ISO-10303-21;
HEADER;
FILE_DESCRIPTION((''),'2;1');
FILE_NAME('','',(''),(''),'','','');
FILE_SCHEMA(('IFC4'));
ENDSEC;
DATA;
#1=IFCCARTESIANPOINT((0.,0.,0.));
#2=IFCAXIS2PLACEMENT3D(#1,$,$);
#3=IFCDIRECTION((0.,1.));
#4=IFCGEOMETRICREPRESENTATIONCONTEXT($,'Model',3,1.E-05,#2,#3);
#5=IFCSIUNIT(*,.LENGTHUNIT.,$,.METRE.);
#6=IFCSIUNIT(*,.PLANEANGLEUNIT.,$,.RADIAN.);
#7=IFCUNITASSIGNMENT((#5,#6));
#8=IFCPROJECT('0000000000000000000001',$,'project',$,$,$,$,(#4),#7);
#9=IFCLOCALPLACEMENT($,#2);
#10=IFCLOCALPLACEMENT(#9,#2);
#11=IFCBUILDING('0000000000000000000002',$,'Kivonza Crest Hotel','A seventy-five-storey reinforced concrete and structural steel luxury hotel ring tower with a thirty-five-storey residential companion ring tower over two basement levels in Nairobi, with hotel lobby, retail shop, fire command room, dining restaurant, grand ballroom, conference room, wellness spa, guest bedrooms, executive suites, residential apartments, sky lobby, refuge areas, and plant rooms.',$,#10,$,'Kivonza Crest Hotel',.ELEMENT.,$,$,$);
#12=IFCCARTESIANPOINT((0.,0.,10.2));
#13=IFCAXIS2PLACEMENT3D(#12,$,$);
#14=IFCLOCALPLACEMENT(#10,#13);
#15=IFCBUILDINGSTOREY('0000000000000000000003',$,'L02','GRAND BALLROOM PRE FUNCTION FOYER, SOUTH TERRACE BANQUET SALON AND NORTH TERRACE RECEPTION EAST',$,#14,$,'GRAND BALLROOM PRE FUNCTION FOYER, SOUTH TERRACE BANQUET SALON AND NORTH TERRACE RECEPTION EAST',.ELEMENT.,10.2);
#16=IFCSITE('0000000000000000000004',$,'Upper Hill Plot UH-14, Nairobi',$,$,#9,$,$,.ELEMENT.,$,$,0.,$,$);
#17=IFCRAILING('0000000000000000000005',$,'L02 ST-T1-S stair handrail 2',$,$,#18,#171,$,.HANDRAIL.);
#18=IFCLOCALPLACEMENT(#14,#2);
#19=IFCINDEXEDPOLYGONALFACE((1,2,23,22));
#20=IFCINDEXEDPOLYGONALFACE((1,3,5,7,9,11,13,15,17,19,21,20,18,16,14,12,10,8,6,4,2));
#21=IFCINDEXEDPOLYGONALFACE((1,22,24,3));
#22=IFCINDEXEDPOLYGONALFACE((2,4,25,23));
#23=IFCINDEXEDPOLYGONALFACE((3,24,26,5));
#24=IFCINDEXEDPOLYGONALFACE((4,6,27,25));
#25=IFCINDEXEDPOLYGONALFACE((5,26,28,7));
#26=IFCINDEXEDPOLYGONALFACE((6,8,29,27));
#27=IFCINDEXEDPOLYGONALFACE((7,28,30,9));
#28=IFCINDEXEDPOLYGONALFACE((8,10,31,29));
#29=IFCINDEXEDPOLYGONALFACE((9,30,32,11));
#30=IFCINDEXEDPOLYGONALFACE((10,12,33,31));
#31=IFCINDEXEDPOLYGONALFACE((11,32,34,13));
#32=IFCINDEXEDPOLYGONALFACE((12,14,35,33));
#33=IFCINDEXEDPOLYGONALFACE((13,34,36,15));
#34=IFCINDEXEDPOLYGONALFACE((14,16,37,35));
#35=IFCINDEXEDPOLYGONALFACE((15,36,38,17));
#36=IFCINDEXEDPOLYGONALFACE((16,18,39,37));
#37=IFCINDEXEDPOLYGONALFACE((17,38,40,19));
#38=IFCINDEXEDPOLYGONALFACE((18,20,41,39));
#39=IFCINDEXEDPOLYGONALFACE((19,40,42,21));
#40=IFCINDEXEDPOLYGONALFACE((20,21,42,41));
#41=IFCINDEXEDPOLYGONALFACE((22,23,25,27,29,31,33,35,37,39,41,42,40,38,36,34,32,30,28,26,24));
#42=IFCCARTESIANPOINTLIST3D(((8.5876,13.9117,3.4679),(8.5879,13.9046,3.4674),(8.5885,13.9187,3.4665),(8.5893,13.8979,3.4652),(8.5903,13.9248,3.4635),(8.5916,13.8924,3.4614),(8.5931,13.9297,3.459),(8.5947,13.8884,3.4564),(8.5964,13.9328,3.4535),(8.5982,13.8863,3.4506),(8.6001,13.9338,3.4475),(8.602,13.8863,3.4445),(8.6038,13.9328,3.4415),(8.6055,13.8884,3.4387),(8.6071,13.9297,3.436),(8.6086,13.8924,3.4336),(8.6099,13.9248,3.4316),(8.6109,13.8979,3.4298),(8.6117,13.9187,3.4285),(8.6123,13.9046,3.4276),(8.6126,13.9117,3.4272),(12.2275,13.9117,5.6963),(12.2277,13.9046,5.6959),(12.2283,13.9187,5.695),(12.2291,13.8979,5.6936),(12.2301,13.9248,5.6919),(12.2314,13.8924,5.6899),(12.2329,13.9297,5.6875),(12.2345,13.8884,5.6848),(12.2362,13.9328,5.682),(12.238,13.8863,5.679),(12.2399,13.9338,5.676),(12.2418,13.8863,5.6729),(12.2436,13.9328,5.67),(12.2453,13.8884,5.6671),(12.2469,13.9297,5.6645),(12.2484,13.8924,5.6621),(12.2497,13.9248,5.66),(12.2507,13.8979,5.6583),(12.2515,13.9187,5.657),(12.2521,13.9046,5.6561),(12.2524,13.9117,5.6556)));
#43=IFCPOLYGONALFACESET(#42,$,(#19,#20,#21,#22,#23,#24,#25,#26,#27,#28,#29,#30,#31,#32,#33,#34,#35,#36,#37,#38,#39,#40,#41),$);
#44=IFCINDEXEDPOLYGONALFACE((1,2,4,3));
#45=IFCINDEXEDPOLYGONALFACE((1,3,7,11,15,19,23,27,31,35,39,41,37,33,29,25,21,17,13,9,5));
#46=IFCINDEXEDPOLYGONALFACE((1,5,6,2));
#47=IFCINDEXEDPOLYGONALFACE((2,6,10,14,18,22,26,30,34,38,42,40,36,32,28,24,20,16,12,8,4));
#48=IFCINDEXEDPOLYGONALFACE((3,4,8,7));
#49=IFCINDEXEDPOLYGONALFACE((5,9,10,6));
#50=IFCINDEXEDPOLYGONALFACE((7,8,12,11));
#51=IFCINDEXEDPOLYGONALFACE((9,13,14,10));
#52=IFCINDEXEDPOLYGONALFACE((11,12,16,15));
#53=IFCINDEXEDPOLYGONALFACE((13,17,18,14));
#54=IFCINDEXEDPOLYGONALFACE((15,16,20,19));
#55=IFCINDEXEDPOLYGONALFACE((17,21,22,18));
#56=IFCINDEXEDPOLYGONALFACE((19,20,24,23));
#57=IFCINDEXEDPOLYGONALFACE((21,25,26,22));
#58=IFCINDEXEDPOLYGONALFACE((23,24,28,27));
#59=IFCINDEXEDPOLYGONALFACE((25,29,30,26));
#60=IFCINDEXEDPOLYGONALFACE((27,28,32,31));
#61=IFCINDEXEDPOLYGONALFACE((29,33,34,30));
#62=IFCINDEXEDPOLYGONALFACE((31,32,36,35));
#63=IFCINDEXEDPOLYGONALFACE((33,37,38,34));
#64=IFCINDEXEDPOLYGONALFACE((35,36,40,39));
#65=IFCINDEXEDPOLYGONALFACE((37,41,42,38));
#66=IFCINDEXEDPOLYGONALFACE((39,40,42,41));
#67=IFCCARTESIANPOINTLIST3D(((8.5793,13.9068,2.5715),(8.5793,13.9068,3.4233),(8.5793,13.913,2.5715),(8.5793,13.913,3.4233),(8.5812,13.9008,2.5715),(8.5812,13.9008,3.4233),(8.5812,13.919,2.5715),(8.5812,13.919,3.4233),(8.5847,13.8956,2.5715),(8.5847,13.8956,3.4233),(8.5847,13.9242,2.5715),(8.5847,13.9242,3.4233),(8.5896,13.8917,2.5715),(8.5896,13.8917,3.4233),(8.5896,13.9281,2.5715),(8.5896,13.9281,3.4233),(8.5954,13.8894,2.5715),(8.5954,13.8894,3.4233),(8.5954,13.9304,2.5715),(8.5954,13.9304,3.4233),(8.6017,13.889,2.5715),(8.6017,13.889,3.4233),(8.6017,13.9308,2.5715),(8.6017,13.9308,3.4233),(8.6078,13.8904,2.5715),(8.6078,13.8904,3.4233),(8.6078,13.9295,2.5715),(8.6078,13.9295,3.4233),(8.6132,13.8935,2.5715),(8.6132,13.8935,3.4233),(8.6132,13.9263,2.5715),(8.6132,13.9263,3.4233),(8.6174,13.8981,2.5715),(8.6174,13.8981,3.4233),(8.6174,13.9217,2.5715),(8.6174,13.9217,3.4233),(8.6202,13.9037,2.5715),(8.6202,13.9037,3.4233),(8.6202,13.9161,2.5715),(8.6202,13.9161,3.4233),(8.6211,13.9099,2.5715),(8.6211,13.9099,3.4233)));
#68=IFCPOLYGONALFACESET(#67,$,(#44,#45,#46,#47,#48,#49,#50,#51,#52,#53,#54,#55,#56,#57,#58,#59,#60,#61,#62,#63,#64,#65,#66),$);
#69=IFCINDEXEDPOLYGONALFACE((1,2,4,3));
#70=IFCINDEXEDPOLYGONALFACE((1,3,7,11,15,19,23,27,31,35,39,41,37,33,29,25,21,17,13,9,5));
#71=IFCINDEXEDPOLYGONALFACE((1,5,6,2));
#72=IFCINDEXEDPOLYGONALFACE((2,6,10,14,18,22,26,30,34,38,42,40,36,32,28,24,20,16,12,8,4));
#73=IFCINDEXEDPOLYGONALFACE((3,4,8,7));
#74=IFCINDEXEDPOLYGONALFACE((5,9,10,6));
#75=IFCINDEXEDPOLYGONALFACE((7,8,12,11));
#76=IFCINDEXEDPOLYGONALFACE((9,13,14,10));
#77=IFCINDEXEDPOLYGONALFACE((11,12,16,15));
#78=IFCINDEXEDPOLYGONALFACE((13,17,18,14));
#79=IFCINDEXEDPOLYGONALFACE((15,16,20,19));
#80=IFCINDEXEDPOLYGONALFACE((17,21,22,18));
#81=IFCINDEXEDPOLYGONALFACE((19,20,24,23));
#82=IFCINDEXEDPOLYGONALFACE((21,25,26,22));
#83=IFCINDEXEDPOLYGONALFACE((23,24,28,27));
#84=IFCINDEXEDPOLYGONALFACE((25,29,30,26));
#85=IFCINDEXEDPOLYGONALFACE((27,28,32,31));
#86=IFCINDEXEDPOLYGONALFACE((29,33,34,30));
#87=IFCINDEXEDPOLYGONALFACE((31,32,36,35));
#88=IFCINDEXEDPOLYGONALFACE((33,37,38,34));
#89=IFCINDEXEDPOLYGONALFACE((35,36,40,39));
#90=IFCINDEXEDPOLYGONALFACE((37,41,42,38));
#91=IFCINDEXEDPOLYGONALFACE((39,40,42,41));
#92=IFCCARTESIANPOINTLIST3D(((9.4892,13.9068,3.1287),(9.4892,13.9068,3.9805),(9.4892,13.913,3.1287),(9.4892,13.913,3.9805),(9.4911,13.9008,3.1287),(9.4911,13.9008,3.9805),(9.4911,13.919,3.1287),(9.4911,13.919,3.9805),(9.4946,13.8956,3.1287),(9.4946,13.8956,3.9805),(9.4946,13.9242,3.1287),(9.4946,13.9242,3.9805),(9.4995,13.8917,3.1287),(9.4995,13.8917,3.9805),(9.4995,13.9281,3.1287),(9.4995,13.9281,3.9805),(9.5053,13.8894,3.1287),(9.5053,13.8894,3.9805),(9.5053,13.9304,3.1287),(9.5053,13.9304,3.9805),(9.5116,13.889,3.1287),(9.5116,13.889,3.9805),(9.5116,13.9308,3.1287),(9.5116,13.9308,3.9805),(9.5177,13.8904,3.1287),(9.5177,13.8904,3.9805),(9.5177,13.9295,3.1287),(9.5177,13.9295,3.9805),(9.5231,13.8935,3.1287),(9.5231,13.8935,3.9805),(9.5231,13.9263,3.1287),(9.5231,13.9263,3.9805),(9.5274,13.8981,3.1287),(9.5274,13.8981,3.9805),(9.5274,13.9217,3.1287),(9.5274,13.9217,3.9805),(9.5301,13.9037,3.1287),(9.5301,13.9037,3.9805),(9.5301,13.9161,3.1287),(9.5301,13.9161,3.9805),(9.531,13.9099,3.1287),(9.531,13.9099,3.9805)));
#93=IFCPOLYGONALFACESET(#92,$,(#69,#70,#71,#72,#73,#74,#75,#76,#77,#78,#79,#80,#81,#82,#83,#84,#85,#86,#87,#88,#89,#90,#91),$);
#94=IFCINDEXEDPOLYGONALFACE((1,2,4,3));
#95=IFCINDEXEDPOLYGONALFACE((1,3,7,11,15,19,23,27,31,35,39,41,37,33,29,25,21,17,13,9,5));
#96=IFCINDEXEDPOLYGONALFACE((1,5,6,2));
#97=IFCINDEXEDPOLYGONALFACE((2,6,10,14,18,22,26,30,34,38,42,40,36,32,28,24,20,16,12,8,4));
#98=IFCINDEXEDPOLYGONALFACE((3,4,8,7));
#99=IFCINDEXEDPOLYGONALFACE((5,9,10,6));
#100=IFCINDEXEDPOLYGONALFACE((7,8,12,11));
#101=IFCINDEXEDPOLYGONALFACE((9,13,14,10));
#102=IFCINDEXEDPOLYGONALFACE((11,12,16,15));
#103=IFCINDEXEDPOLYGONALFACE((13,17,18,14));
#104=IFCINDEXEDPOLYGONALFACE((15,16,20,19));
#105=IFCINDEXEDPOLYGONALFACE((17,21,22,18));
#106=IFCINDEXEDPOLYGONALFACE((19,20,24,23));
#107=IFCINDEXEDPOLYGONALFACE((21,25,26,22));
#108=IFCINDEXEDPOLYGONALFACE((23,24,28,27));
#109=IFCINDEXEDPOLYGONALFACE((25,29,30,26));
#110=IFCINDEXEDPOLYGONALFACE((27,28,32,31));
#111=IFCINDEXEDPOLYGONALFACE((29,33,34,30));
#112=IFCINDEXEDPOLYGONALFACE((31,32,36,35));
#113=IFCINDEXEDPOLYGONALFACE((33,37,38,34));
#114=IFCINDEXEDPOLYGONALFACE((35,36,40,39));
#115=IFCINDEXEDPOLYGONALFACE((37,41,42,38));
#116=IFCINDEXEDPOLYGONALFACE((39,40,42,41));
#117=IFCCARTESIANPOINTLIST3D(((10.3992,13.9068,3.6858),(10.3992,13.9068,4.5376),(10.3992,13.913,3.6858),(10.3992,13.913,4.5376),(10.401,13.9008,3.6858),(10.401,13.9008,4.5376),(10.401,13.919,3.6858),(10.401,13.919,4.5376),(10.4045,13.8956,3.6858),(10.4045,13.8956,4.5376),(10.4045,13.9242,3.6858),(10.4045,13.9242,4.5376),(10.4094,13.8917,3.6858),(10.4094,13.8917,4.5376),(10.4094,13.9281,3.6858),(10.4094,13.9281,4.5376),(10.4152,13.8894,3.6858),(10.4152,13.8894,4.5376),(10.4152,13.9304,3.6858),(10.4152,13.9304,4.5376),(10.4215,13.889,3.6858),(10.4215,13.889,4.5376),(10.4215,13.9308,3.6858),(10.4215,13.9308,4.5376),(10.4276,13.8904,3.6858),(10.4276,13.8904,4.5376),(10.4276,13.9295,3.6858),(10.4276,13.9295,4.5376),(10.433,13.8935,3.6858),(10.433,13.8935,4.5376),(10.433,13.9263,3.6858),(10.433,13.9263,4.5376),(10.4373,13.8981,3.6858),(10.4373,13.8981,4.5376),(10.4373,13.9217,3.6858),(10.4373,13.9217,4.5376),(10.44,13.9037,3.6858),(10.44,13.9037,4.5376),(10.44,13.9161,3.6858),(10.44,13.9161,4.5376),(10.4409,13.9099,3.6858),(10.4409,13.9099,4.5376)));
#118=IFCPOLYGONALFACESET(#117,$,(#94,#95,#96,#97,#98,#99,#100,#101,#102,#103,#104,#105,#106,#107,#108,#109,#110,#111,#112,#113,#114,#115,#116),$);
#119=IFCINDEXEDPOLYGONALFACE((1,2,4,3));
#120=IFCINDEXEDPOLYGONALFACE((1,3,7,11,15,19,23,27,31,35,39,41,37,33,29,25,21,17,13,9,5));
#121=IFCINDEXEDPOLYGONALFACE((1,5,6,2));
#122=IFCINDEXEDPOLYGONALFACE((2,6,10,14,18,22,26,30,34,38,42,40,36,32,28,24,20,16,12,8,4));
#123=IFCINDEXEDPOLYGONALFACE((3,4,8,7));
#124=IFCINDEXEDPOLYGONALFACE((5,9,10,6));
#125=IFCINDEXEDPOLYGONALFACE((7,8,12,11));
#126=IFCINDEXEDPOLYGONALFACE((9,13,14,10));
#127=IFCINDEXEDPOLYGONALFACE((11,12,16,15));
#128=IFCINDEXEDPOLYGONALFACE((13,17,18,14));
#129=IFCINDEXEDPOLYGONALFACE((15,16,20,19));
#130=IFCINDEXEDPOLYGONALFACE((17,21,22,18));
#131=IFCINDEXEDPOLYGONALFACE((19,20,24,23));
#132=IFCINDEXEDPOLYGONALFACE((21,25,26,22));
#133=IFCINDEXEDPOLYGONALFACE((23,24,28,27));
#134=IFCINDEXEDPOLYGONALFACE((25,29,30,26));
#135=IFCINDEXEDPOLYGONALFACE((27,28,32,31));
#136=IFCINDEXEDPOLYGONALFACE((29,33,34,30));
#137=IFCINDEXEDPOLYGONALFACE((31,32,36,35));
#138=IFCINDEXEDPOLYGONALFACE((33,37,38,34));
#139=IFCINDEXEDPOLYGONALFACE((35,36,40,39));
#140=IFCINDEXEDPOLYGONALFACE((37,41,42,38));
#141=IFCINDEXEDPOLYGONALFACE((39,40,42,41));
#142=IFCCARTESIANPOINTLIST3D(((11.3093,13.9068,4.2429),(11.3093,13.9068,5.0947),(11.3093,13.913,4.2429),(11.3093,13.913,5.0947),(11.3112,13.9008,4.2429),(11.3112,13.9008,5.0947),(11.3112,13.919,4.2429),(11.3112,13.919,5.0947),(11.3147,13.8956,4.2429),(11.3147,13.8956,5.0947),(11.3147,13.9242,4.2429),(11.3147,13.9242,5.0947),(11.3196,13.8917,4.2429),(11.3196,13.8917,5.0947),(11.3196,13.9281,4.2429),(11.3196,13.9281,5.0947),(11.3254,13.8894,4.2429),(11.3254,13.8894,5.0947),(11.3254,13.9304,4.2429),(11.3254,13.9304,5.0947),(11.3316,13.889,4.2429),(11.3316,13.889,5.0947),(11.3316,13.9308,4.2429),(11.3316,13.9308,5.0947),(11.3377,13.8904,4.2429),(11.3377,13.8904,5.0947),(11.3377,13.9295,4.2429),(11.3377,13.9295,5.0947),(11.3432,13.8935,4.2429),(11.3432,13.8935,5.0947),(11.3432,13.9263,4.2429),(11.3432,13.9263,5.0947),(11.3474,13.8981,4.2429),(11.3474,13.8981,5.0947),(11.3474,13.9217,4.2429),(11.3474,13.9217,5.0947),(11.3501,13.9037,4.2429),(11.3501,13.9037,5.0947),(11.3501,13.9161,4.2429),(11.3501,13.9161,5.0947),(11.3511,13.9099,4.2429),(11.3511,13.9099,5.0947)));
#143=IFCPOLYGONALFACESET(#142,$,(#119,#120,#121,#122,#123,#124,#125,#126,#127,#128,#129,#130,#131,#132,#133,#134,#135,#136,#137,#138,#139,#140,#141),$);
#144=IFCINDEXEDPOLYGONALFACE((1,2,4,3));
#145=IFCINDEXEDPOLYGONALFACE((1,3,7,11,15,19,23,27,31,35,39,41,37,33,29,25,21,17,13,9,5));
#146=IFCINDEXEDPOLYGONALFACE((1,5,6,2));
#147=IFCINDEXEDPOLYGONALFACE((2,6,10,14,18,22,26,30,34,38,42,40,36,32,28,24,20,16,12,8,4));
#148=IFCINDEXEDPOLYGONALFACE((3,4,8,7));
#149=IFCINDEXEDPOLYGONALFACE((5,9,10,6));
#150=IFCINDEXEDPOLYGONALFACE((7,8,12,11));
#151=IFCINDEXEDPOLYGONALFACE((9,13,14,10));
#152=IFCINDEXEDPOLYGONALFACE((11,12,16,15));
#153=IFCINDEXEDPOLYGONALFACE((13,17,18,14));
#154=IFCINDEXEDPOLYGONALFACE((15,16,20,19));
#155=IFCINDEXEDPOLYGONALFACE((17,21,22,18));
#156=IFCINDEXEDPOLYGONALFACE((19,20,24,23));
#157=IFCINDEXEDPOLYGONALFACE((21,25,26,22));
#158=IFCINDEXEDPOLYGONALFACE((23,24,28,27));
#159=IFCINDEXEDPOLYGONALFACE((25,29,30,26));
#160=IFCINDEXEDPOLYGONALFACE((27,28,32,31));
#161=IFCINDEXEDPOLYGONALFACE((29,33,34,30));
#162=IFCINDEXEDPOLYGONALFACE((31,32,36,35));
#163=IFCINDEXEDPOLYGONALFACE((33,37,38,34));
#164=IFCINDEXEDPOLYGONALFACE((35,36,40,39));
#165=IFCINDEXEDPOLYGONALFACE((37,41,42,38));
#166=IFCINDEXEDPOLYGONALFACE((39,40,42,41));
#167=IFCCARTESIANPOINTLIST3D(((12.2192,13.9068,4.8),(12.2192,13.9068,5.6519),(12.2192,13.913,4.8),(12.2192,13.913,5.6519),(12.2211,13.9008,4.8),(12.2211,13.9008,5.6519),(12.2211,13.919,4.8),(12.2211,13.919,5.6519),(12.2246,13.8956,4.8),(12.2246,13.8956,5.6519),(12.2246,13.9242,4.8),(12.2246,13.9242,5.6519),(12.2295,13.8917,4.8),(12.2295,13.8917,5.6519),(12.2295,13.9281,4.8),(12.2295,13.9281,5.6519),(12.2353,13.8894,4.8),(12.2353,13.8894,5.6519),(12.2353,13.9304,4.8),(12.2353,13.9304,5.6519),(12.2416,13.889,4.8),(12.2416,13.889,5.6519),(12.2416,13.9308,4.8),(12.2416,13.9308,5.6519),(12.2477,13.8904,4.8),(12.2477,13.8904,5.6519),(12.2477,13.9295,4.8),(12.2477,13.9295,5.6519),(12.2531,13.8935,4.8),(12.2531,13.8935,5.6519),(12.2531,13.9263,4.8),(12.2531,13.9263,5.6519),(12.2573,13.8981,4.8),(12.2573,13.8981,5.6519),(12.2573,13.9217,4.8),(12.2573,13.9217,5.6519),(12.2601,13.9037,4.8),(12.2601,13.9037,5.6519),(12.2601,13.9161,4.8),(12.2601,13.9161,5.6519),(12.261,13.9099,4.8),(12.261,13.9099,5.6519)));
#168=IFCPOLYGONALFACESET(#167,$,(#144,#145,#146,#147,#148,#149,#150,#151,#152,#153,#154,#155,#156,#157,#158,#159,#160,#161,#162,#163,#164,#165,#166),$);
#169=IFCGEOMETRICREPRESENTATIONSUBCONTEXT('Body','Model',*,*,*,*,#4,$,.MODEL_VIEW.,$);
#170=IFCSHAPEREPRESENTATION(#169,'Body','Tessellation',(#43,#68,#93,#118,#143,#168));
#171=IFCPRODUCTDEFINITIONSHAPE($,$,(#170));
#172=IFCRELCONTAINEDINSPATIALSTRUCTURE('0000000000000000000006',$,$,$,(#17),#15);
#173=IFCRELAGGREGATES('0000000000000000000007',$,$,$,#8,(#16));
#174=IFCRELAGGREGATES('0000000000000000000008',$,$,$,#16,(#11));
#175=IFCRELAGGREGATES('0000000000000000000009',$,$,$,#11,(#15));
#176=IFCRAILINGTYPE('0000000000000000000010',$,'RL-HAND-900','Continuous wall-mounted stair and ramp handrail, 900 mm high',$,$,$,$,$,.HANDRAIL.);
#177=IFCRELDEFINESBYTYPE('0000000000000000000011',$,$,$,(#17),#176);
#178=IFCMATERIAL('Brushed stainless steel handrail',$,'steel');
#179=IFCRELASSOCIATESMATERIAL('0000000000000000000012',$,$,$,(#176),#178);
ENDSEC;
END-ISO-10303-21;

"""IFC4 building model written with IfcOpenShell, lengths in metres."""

from ifc_helpers import new_model, si_unit, direction, frame, origin, origin_2d, place, context, subcontext, project, spatial, circle, extrude, material, type_object, element, save


model = new_model("IFC4")

# Units and contexts
model_context = context("Model", 3, precision=1e-05, world=origin(), true_north=direction((0.0, 1.0)))
body_context = subcontext(model_context, "Body", "Model", "MODEL_VIEW")
ifc_project = project(units=[si_unit("LENGTHUNIT", "METRE"), si_unit("PLANEANGLEUNIT", "RADIAN")], contexts=[model_context])

# Site, building, storey
site_placement = place(None, origin())
site = spatial("IfcSite", under=ifc_project, at=site_placement, Name="Upper Hill Plot UH-14, Nairobi", CompositionType="ELEMENT", RefElevation=0.0)
building_placement = place(site_placement, origin())
building = spatial("IfcBuilding", under=site, at=building_placement, Name="Kivonza Crest Hotel", Description="A seventy-five-storey reinforced concrete and structural steel luxury hotel ring tower with a thirty-five-storey residential companion ring tower over two basement levels in Nairobi, with hotel lobby, retail shop, fire command room, dining restaurant, grand ballroom, conference room, wellness spa, guest bedrooms, executive suites, residential apartments, sky lobby, refuge areas, and plant rooms.", LongName="Kivonza Crest Hotel", CompositionType="ELEMENT")
storey_placement = place(building_placement, frame((0.0, 0.0, 10.2)))
storey = spatial("IfcBuildingStorey", under=building, at=storey_placement, Name="L02", Description="GRAND BALLROOM PRE FUNCTION FOYER, SOUTH TERRACE BANQUET SALON AND NORTH TERRACE RECEPTION EAST", LongName="GRAND BALLROOM PRE FUNCTION FOYER, SOUTH TERRACE BANQUET SALON AND NORTH TERRACE RECEPTION EAST", CompositionType="ELEMENT", Elevation=10.2)

# Railing
ifc_material_1 = material(Name="Brushed stainless steel handrail", Category="steel")
railing_type_1 = type_object("IfcRailingType", Name="RL-HAND-900", Description="Continuous wall-mounted stair and ramp handrail, 900 mm high", PredefinedType="HANDRAIL", material=ifc_material_1)
railing_1_placement = place(storey_placement, frame((8.6001, 13.9099, 2.5715)))
element("IfcRailing", 1, at=railing_1_placement, inside=storey, type_object=railing_type_1, Name="L02 ST-T1-S stair handrail 2", PredefinedType="HANDRAIL", context=body_context, shape_type="SweptSolid", body=[
    extrude(circle(Radius=0.0239, at=origin_2d()), frame((0.0, 0.0, 0.876), z_axis=(0.85285, 0.0, 0.522156), x_axis=(0.0, 1.0, 0.0)), (0.0, 0.0, 1.0), 4.2678),
    extrude(circle(Radius=0.021, at=origin_2d()), origin(), (0.0, 0.0, 1.0), 0.8518),
    extrude(circle(Radius=0.021, at=origin_2d()), frame((0.9099, 0.0, 0.5571)), (0.0, 0.0, 1.0), 0.8518),
    extrude(circle(Radius=0.021, at=origin_2d()), frame((1.8198, 0.0, 1.1143)), (0.0, 0.0, 1.0), 0.8518),
    extrude(circle(Radius=0.021, at=origin_2d()), frame((2.73, 0.0, 1.6714)), (0.0, 0.0, 1.0), 0.8518),
    extrude(circle(Radius=0.021, at=origin_2d()), frame((3.6399, 0.0, 2.2285)), (0.0, 0.0, 1.0), 0.8518),
])

save(model, "model.ifc")
